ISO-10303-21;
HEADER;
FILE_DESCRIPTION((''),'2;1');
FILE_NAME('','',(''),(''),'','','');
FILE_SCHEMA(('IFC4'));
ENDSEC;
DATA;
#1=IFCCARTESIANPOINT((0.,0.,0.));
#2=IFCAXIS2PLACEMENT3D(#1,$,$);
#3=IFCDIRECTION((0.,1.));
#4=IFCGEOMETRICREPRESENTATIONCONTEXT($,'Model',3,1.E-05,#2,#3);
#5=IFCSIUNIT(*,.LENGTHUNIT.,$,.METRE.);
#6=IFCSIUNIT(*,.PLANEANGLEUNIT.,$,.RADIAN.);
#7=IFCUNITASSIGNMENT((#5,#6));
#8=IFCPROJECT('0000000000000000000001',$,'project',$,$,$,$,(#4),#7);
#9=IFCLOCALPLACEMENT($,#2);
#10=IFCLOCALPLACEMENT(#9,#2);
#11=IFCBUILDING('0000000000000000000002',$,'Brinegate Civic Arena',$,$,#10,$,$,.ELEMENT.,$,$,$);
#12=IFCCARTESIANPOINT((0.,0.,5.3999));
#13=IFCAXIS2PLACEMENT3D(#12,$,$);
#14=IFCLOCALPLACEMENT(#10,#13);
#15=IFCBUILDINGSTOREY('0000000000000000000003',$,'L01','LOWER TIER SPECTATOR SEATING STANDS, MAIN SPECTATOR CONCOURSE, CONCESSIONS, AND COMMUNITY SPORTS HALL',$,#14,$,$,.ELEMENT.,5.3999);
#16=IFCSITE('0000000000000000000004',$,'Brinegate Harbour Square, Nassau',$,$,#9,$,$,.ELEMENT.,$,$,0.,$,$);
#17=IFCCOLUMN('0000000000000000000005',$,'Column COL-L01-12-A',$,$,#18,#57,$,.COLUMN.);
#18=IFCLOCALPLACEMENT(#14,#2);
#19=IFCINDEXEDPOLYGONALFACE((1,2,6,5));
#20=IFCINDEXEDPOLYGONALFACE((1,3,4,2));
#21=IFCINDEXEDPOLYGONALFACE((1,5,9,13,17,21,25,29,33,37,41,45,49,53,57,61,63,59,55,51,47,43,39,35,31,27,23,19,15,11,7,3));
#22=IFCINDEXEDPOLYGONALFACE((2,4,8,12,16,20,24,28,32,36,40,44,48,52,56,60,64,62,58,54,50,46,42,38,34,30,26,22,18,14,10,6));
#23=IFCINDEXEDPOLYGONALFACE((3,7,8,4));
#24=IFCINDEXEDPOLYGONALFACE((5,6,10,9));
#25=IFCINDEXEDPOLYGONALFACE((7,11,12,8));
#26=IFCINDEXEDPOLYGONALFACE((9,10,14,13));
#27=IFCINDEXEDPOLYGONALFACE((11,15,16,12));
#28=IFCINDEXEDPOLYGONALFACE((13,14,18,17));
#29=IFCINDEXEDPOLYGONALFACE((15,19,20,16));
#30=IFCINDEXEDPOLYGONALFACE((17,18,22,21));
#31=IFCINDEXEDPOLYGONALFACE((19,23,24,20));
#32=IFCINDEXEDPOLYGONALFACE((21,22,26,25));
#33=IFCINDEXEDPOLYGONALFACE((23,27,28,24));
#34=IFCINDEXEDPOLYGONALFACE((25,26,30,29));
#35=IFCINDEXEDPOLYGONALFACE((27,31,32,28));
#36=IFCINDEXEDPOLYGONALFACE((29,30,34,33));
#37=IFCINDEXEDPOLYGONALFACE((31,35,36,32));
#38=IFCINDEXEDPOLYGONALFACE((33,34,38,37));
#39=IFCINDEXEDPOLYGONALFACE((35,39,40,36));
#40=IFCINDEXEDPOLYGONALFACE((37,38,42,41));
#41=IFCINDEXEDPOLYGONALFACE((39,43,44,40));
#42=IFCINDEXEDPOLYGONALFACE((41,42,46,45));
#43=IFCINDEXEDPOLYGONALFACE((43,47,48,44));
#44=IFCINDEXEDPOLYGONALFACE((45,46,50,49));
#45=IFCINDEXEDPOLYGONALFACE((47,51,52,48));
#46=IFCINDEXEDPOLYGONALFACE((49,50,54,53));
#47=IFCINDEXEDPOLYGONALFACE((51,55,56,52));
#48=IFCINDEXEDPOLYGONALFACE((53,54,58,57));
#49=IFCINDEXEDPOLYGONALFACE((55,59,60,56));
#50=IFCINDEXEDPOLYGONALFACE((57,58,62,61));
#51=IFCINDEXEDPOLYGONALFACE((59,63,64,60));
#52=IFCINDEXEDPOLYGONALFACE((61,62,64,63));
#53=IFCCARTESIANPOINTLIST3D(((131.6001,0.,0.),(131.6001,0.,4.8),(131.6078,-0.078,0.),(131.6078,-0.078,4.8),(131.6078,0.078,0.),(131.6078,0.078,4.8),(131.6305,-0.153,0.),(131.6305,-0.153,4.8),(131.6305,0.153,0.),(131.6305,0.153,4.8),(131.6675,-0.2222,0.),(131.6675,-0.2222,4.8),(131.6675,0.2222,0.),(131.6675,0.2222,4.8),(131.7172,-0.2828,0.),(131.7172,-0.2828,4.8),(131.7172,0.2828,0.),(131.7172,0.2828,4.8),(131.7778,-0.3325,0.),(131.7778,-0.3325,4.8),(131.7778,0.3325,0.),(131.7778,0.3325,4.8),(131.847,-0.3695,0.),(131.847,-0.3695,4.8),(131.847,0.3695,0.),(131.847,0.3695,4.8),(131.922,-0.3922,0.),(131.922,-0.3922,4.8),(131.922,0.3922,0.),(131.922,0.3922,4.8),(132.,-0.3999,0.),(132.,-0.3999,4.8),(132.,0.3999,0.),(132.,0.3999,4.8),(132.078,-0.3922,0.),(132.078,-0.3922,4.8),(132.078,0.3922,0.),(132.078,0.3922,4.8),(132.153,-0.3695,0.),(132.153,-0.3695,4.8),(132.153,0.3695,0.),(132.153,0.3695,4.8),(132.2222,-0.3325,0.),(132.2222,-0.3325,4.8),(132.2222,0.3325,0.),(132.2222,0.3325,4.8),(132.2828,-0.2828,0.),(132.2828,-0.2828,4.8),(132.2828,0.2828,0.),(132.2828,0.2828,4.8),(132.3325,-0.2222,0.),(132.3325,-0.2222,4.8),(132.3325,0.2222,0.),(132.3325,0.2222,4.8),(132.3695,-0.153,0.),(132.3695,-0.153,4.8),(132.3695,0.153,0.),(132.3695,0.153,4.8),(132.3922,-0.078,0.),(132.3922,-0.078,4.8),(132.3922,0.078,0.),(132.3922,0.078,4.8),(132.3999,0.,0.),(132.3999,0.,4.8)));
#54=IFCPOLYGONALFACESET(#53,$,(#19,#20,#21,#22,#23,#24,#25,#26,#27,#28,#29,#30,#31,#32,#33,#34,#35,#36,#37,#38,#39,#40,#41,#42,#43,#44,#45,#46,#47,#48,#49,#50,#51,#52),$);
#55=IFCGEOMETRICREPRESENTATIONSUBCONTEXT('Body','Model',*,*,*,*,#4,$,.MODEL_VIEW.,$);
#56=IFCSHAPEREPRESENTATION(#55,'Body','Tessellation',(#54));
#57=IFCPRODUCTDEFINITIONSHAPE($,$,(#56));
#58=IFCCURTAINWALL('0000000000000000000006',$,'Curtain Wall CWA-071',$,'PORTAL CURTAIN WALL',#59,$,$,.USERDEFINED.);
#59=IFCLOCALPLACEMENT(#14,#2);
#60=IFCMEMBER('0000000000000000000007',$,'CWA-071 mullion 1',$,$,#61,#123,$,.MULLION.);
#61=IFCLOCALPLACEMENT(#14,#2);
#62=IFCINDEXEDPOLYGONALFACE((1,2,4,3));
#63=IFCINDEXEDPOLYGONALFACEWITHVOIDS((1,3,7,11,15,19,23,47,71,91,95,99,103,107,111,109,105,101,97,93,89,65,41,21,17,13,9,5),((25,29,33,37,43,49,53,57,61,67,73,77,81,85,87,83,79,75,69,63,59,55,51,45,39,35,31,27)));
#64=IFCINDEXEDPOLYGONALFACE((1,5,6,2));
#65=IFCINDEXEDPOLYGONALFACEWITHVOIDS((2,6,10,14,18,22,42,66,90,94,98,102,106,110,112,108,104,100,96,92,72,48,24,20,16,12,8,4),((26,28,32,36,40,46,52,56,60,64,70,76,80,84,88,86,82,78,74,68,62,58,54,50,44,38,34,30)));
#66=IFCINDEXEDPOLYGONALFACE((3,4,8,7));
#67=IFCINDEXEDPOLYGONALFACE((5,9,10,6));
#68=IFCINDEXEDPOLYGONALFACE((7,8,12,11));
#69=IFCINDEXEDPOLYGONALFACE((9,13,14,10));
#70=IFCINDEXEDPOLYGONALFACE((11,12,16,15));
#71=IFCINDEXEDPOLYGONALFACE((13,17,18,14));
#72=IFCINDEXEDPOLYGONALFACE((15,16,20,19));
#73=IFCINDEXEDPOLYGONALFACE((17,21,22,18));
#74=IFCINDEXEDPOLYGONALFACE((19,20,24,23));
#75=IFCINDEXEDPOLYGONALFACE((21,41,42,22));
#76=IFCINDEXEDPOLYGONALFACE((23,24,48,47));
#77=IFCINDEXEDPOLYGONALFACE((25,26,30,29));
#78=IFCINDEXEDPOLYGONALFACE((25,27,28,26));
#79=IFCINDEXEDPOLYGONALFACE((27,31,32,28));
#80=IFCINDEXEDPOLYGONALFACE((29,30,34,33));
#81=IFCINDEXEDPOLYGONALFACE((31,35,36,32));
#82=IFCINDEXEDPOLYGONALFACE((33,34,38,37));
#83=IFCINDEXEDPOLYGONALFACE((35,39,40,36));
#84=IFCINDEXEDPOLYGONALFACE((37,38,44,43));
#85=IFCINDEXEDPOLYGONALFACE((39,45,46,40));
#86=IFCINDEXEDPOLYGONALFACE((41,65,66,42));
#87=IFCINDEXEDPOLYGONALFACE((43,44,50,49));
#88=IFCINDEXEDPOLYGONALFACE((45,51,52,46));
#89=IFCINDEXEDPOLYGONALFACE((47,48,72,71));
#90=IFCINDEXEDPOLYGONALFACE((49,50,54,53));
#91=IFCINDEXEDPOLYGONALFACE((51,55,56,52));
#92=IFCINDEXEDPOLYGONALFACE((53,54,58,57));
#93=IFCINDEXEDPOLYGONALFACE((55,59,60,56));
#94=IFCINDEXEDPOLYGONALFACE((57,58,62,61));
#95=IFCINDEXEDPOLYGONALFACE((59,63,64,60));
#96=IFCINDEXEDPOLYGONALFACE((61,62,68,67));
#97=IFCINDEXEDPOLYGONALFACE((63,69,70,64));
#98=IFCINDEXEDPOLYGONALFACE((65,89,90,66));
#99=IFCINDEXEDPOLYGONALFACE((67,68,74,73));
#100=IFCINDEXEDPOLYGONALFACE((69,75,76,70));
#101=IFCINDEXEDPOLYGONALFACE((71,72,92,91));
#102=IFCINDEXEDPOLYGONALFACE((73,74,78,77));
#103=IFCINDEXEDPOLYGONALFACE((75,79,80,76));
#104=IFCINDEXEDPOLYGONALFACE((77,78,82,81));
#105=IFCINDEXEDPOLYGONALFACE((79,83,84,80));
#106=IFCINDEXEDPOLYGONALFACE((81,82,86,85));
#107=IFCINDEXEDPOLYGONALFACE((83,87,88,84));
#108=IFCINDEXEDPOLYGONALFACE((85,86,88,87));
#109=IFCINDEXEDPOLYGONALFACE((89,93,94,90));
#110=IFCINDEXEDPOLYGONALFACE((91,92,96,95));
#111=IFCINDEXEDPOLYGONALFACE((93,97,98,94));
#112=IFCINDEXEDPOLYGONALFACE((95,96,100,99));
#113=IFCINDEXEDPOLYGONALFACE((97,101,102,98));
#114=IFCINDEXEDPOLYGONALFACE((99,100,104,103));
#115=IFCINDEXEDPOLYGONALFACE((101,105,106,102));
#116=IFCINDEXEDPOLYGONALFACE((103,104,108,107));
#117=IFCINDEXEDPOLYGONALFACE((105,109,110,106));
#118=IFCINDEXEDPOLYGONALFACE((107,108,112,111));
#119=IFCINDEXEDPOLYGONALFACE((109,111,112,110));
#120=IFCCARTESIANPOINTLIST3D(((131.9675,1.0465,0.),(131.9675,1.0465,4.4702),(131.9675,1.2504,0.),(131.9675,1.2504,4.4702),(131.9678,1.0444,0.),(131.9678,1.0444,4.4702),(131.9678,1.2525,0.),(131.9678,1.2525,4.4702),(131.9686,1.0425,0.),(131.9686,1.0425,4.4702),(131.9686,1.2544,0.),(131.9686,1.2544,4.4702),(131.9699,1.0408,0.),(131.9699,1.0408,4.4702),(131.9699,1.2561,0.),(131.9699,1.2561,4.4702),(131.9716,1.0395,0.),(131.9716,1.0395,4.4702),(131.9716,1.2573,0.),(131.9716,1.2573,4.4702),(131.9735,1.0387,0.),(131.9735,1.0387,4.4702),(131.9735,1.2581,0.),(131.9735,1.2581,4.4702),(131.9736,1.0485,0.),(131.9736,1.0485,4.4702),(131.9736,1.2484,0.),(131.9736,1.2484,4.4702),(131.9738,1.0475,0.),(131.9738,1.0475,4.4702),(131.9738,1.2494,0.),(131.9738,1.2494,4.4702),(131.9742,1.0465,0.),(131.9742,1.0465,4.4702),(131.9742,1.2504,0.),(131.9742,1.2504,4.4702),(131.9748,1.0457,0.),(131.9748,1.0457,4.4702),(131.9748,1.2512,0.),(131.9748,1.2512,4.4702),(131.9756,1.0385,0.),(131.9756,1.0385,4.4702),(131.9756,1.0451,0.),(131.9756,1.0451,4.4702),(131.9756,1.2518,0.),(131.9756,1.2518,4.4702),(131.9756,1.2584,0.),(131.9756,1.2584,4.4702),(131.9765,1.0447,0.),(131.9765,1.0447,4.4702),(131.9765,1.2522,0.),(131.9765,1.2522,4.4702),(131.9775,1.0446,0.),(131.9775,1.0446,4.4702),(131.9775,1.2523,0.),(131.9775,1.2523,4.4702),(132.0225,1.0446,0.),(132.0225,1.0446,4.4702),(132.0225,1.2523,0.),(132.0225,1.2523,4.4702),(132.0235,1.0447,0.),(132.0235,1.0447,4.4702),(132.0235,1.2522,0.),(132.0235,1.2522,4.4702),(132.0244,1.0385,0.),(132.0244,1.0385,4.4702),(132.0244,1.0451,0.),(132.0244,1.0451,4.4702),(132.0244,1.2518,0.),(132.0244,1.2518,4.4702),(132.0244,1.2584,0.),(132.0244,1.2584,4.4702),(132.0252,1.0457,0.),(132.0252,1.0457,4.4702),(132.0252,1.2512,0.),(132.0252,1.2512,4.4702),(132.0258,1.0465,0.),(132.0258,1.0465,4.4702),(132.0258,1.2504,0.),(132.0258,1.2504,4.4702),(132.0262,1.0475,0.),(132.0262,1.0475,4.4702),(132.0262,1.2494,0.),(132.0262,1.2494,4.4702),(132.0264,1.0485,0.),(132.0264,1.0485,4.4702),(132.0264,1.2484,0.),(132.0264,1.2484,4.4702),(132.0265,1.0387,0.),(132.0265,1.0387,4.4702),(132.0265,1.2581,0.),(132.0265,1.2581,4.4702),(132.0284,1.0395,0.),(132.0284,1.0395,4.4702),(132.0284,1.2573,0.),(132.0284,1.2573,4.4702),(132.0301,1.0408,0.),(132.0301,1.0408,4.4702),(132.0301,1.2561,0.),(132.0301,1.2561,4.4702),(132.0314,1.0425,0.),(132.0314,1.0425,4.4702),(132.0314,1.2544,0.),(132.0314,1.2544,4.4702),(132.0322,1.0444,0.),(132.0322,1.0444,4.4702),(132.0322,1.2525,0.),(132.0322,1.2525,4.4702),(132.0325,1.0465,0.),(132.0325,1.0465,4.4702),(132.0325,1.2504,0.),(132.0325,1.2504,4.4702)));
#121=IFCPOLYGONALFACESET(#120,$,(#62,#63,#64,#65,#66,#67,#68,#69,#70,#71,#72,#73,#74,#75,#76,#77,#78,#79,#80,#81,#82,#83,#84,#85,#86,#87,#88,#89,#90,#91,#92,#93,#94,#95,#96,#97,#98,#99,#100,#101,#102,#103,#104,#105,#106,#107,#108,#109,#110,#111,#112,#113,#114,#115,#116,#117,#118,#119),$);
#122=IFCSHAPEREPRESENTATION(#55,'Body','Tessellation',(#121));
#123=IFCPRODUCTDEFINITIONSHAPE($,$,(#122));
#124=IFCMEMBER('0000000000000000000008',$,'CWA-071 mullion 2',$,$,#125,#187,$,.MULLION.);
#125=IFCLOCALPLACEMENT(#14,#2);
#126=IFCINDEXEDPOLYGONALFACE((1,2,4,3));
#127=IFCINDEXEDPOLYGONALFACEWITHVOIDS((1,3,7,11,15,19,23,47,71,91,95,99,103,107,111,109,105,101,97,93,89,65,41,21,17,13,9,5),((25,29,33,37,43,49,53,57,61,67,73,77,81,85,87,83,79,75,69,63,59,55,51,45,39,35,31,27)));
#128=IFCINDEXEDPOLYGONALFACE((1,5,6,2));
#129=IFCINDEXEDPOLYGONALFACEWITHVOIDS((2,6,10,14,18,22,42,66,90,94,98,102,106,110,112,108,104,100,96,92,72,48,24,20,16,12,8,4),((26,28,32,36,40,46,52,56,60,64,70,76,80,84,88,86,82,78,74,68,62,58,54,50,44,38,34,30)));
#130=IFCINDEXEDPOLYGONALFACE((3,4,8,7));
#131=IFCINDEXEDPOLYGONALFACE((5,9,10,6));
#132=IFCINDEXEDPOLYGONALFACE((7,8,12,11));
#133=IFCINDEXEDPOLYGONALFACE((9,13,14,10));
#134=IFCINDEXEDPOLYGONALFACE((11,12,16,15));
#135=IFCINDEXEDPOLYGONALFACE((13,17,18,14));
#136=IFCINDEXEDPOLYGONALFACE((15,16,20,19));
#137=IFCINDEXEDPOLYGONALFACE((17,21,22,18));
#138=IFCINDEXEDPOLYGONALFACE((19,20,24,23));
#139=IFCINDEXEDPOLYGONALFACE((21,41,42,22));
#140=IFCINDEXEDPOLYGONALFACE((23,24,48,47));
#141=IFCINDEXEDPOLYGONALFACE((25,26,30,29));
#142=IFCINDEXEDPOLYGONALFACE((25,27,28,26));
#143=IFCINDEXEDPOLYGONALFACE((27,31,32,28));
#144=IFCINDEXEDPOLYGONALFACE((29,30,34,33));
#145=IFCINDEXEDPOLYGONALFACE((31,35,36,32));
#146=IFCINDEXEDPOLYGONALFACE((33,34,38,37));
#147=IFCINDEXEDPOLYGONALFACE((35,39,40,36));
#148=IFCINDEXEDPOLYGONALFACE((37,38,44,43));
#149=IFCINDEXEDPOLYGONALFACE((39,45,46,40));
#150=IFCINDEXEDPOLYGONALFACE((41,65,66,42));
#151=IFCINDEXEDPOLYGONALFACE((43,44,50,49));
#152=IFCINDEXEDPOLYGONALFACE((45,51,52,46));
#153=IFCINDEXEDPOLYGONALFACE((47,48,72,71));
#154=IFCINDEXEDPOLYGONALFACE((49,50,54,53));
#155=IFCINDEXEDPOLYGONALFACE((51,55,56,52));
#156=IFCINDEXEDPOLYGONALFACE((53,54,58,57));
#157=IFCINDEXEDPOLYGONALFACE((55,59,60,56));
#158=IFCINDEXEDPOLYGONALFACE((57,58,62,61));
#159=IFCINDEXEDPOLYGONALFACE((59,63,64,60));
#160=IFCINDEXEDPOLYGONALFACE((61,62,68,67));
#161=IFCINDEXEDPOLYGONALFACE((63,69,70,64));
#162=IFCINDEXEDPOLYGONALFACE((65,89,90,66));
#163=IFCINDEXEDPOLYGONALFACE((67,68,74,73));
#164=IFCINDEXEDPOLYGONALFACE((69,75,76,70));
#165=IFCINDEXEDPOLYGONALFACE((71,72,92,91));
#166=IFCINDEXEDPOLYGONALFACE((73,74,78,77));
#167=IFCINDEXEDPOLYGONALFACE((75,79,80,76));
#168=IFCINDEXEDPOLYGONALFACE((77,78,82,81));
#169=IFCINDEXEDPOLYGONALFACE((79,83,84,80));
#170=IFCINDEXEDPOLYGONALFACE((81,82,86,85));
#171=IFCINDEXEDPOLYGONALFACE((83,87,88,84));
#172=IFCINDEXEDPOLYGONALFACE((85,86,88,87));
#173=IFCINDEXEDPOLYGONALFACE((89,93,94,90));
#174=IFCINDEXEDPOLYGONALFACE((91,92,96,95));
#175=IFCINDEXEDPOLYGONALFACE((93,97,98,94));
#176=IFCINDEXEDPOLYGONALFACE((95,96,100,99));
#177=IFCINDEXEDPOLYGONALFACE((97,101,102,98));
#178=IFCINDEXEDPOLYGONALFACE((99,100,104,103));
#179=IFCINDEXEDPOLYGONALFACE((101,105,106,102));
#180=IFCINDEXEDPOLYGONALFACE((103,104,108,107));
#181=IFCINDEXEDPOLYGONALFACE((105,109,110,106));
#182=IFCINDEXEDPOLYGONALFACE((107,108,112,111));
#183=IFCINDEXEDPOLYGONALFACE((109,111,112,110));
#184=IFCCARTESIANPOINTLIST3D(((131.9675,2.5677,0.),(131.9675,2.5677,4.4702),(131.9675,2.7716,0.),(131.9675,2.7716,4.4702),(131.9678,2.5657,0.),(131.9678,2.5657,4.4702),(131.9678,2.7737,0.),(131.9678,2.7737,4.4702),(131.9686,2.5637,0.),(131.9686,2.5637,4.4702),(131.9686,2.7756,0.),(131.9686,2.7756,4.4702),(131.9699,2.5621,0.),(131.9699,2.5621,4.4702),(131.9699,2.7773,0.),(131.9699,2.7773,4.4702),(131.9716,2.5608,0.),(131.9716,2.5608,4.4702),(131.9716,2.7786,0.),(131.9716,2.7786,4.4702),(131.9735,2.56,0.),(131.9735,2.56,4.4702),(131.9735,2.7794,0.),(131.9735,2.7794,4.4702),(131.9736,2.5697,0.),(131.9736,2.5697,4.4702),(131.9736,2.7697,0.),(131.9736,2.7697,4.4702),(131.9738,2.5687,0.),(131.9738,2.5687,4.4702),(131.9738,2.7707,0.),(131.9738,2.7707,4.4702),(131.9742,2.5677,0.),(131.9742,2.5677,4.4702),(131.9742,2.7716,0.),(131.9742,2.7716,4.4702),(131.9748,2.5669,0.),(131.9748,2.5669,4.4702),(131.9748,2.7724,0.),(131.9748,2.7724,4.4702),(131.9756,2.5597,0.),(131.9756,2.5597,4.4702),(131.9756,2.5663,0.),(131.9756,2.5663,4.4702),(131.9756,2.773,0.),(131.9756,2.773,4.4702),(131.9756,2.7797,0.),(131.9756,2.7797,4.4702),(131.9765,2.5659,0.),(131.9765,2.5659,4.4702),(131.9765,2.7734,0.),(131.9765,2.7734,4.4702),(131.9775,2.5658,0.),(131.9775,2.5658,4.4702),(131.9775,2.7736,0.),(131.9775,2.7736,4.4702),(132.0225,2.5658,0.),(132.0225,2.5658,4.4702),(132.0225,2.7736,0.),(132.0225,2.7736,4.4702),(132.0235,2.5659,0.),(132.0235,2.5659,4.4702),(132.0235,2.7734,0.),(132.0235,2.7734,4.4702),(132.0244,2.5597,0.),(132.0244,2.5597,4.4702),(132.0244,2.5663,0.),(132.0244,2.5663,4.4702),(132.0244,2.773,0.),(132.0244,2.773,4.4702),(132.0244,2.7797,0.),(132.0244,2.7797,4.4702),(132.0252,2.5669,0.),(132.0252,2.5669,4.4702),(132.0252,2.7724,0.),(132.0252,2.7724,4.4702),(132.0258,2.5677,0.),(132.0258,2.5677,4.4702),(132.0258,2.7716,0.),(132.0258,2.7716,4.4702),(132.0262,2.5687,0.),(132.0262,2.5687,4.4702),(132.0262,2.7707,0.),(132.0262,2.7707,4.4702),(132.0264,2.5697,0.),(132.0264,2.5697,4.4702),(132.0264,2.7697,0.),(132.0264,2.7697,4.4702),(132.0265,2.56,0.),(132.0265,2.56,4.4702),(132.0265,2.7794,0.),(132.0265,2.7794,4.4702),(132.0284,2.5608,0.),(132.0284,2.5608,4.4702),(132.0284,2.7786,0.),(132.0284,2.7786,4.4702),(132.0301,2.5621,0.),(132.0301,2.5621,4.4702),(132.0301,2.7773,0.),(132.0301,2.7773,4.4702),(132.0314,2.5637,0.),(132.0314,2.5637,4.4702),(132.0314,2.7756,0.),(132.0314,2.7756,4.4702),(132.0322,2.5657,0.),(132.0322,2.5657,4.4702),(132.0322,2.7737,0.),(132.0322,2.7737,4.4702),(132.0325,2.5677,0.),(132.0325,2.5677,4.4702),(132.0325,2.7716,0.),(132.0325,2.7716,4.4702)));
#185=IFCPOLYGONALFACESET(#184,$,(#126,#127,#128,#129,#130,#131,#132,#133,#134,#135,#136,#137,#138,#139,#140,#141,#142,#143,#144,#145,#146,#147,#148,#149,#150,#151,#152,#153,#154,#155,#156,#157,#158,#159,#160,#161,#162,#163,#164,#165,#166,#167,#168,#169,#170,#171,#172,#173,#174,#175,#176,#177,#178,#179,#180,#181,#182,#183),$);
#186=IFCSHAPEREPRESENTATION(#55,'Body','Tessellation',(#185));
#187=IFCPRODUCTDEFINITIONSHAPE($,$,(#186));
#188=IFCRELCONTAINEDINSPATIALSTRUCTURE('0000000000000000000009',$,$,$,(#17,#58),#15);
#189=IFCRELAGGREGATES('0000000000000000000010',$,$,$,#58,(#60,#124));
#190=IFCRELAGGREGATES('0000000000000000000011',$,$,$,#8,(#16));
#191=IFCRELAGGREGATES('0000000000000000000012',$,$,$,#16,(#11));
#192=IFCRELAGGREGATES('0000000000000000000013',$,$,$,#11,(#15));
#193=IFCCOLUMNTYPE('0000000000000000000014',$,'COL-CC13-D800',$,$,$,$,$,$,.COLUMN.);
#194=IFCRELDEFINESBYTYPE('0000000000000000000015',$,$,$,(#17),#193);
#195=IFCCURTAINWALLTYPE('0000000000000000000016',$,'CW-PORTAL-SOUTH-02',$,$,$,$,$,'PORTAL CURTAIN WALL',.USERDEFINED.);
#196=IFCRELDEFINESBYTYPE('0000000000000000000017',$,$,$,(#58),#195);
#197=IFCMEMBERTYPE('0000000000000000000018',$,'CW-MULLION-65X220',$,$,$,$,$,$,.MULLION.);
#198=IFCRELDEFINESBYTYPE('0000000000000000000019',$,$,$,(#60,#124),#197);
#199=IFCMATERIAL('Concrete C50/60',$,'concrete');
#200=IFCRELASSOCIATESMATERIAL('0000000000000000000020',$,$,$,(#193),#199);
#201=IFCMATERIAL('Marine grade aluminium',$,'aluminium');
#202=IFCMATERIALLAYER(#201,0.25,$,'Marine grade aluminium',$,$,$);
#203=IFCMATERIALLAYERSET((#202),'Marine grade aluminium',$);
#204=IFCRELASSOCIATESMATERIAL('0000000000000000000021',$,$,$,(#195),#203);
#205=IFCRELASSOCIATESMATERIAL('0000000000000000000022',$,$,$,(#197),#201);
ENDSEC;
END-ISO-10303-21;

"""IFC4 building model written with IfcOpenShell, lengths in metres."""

from ifc_helpers import new_model, si_unit, direction, frame, origin, origin_2d, place, context, subcontext, project, spatial, hollow_rectangle, circle, extrude, material, layer, layer_set, material_profile, profile_set, type_object, element, aggregate, save


model = new_model("IFC4")

# Units and contexts
model_context = context("Model", 3, precision=1e-05, world=origin(), true_north=direction((0.0, 1.0)))
body_context = subcontext(model_context, "Body", "Model", "MODEL_VIEW")
ifc_project = project(units=[si_unit("LENGTHUNIT", "METRE"), si_unit("PLANEANGLEUNIT", "RADIAN")], contexts=[model_context])

# Site, building, storey
site_placement = place(None, origin())
site = spatial("IfcSite", under=ifc_project, at=site_placement, Name="Brinegate Harbour Square, Nassau", CompositionType="ELEMENT", RefElevation=0.0)
building_placement = place(site_placement, origin())
building = spatial("IfcBuilding", under=site, at=building_placement, Name="Brinegate Civic Arena", CompositionType="ELEMENT")
storey_placement = place(building_placement, frame((0.0, 0.0, 5.3999)))
storey = spatial("IfcBuildingStorey", under=building, at=storey_placement, Name="L01", Description="LOWER TIER SPECTATOR SEATING STANDS, MAIN SPECTATOR CONCOURSE, CONCESSIONS, AND COMMUNITY SPORTS HALL", CompositionType="ELEMENT", Elevation=5.3999)

# Column
ifc_material_1 = material(Name="Concrete C50/60", Category="concrete")
ifc_material_profile_1 = material_profile(ifc_material_1, circle(Radius=0.3999, at=origin_2d()), Name="RCD800")
ifc_profile_set_1 = profile_set([ifc_material_profile_1], Name="Concrete C50/60")
column_type = type_object("IfcColumnType", Name="COL-CC13-D800", PredefinedType="COLUMN", material=ifc_profile_set_1)
column_placement = place(storey_placement, frame((132.0, 0.0, 0.0), z_axis=(0.0, 0.0, 1.0), x_axis=(1.0, 0.0, 0.0)))
element("IfcColumn", 1, at=column_placement, inside=storey, type_object=column_type, Name="Column COL-L01-12-A", PredefinedType="COLUMN", context=body_context, shape_type="SweptSolid", body=[
    extrude(circle(Radius=0.3999, at=origin_2d()), origin(), (0.0, 0.0, 1.0), 4.8),
])

# Curtain wall, members
ifc_material_2 = material(Name="Marine grade aluminium", Category="aluminium")
ifc_layer_1 = layer(ifc_material_2, 0.25, Name="Marine grade aluminium")
ifc_layer_set_1 = layer_set([ifc_layer_1], Name="Marine grade aluminium")
curtain_wall_type = type_object("IfcCurtainWallType", Name="CW-PORTAL-SOUTH-02", ElementType="PORTAL CURTAIN WALL", PredefinedType="USERDEFINED", material=ifc_layer_set_1)
curtain_wall_placement = place(storey_placement, origin())
curtain_wall = element("IfcCurtainWall", 2, at=curtain_wall_placement, inside=storey, type_object=curtain_wall_type, Name="Curtain Wall CWA-071", ObjectType="PORTAL CURTAIN WALL", PredefinedType="USERDEFINED")
ifc_material_profile_2 = material_profile(ifc_material_2, hollow_rectangle(XDim=0.0649, YDim=0.22, WallThickness=0.0061, InnerFilletRadius=0.0039, OuterFilletRadius=0.0081, at=origin_2d()), Name="MUL65X220")
ifc_profile_set_2 = profile_set([ifc_material_profile_2], Name="Marine grade aluminium")
member_type_1 = type_object("IfcMemberType", Name="CW-MULLION-65X220", PredefinedType="MULLION", material=ifc_profile_set_2)
member_1_placement = place(storey_placement, frame((132.0, 1.1484, 0.0), z_axis=(0.0, 0.0, 1.0), x_axis=(-1.0, 0.0, 0.0)))
member_1 = element("IfcMember", 3, at=member_1_placement, type_object=member_type_1, Name="CWA-071 mullion 1", PredefinedType="MULLION", context=body_context, shape_type="SweptSolid", body=[
    extrude(hollow_rectangle(XDim=0.0649, YDim=0.22, WallThickness=0.0061, InnerFilletRadius=0.0039, OuterFilletRadius=0.0081, at=origin_2d()), origin(), (0.0, 0.0, 1.0), 4.4702),
])
member_2_placement = place(storey_placement, frame((132.0, 2.6697, 0.0), z_axis=(0.0, 0.0, 1.0), x_axis=(-1.0, 0.0, 0.0)))
member_2 = element("IfcMember", 4, at=member_2_placement, type_object=member_type_1, Name="CWA-071 mullion 2", PredefinedType="MULLION", context=body_context, shape_type="SweptSolid", body=[
    extrude(hollow_rectangle(XDim=0.0649, YDim=0.22, WallThickness=0.0061, InnerFilletRadius=0.0039, OuterFilletRadius=0.0081, at=origin_2d()), origin(), (0.0, 0.0, 1.0), 4.4702),
])

aggregate(curtain_wall, [member_1, member_2])

save(model, "model.ifc")
